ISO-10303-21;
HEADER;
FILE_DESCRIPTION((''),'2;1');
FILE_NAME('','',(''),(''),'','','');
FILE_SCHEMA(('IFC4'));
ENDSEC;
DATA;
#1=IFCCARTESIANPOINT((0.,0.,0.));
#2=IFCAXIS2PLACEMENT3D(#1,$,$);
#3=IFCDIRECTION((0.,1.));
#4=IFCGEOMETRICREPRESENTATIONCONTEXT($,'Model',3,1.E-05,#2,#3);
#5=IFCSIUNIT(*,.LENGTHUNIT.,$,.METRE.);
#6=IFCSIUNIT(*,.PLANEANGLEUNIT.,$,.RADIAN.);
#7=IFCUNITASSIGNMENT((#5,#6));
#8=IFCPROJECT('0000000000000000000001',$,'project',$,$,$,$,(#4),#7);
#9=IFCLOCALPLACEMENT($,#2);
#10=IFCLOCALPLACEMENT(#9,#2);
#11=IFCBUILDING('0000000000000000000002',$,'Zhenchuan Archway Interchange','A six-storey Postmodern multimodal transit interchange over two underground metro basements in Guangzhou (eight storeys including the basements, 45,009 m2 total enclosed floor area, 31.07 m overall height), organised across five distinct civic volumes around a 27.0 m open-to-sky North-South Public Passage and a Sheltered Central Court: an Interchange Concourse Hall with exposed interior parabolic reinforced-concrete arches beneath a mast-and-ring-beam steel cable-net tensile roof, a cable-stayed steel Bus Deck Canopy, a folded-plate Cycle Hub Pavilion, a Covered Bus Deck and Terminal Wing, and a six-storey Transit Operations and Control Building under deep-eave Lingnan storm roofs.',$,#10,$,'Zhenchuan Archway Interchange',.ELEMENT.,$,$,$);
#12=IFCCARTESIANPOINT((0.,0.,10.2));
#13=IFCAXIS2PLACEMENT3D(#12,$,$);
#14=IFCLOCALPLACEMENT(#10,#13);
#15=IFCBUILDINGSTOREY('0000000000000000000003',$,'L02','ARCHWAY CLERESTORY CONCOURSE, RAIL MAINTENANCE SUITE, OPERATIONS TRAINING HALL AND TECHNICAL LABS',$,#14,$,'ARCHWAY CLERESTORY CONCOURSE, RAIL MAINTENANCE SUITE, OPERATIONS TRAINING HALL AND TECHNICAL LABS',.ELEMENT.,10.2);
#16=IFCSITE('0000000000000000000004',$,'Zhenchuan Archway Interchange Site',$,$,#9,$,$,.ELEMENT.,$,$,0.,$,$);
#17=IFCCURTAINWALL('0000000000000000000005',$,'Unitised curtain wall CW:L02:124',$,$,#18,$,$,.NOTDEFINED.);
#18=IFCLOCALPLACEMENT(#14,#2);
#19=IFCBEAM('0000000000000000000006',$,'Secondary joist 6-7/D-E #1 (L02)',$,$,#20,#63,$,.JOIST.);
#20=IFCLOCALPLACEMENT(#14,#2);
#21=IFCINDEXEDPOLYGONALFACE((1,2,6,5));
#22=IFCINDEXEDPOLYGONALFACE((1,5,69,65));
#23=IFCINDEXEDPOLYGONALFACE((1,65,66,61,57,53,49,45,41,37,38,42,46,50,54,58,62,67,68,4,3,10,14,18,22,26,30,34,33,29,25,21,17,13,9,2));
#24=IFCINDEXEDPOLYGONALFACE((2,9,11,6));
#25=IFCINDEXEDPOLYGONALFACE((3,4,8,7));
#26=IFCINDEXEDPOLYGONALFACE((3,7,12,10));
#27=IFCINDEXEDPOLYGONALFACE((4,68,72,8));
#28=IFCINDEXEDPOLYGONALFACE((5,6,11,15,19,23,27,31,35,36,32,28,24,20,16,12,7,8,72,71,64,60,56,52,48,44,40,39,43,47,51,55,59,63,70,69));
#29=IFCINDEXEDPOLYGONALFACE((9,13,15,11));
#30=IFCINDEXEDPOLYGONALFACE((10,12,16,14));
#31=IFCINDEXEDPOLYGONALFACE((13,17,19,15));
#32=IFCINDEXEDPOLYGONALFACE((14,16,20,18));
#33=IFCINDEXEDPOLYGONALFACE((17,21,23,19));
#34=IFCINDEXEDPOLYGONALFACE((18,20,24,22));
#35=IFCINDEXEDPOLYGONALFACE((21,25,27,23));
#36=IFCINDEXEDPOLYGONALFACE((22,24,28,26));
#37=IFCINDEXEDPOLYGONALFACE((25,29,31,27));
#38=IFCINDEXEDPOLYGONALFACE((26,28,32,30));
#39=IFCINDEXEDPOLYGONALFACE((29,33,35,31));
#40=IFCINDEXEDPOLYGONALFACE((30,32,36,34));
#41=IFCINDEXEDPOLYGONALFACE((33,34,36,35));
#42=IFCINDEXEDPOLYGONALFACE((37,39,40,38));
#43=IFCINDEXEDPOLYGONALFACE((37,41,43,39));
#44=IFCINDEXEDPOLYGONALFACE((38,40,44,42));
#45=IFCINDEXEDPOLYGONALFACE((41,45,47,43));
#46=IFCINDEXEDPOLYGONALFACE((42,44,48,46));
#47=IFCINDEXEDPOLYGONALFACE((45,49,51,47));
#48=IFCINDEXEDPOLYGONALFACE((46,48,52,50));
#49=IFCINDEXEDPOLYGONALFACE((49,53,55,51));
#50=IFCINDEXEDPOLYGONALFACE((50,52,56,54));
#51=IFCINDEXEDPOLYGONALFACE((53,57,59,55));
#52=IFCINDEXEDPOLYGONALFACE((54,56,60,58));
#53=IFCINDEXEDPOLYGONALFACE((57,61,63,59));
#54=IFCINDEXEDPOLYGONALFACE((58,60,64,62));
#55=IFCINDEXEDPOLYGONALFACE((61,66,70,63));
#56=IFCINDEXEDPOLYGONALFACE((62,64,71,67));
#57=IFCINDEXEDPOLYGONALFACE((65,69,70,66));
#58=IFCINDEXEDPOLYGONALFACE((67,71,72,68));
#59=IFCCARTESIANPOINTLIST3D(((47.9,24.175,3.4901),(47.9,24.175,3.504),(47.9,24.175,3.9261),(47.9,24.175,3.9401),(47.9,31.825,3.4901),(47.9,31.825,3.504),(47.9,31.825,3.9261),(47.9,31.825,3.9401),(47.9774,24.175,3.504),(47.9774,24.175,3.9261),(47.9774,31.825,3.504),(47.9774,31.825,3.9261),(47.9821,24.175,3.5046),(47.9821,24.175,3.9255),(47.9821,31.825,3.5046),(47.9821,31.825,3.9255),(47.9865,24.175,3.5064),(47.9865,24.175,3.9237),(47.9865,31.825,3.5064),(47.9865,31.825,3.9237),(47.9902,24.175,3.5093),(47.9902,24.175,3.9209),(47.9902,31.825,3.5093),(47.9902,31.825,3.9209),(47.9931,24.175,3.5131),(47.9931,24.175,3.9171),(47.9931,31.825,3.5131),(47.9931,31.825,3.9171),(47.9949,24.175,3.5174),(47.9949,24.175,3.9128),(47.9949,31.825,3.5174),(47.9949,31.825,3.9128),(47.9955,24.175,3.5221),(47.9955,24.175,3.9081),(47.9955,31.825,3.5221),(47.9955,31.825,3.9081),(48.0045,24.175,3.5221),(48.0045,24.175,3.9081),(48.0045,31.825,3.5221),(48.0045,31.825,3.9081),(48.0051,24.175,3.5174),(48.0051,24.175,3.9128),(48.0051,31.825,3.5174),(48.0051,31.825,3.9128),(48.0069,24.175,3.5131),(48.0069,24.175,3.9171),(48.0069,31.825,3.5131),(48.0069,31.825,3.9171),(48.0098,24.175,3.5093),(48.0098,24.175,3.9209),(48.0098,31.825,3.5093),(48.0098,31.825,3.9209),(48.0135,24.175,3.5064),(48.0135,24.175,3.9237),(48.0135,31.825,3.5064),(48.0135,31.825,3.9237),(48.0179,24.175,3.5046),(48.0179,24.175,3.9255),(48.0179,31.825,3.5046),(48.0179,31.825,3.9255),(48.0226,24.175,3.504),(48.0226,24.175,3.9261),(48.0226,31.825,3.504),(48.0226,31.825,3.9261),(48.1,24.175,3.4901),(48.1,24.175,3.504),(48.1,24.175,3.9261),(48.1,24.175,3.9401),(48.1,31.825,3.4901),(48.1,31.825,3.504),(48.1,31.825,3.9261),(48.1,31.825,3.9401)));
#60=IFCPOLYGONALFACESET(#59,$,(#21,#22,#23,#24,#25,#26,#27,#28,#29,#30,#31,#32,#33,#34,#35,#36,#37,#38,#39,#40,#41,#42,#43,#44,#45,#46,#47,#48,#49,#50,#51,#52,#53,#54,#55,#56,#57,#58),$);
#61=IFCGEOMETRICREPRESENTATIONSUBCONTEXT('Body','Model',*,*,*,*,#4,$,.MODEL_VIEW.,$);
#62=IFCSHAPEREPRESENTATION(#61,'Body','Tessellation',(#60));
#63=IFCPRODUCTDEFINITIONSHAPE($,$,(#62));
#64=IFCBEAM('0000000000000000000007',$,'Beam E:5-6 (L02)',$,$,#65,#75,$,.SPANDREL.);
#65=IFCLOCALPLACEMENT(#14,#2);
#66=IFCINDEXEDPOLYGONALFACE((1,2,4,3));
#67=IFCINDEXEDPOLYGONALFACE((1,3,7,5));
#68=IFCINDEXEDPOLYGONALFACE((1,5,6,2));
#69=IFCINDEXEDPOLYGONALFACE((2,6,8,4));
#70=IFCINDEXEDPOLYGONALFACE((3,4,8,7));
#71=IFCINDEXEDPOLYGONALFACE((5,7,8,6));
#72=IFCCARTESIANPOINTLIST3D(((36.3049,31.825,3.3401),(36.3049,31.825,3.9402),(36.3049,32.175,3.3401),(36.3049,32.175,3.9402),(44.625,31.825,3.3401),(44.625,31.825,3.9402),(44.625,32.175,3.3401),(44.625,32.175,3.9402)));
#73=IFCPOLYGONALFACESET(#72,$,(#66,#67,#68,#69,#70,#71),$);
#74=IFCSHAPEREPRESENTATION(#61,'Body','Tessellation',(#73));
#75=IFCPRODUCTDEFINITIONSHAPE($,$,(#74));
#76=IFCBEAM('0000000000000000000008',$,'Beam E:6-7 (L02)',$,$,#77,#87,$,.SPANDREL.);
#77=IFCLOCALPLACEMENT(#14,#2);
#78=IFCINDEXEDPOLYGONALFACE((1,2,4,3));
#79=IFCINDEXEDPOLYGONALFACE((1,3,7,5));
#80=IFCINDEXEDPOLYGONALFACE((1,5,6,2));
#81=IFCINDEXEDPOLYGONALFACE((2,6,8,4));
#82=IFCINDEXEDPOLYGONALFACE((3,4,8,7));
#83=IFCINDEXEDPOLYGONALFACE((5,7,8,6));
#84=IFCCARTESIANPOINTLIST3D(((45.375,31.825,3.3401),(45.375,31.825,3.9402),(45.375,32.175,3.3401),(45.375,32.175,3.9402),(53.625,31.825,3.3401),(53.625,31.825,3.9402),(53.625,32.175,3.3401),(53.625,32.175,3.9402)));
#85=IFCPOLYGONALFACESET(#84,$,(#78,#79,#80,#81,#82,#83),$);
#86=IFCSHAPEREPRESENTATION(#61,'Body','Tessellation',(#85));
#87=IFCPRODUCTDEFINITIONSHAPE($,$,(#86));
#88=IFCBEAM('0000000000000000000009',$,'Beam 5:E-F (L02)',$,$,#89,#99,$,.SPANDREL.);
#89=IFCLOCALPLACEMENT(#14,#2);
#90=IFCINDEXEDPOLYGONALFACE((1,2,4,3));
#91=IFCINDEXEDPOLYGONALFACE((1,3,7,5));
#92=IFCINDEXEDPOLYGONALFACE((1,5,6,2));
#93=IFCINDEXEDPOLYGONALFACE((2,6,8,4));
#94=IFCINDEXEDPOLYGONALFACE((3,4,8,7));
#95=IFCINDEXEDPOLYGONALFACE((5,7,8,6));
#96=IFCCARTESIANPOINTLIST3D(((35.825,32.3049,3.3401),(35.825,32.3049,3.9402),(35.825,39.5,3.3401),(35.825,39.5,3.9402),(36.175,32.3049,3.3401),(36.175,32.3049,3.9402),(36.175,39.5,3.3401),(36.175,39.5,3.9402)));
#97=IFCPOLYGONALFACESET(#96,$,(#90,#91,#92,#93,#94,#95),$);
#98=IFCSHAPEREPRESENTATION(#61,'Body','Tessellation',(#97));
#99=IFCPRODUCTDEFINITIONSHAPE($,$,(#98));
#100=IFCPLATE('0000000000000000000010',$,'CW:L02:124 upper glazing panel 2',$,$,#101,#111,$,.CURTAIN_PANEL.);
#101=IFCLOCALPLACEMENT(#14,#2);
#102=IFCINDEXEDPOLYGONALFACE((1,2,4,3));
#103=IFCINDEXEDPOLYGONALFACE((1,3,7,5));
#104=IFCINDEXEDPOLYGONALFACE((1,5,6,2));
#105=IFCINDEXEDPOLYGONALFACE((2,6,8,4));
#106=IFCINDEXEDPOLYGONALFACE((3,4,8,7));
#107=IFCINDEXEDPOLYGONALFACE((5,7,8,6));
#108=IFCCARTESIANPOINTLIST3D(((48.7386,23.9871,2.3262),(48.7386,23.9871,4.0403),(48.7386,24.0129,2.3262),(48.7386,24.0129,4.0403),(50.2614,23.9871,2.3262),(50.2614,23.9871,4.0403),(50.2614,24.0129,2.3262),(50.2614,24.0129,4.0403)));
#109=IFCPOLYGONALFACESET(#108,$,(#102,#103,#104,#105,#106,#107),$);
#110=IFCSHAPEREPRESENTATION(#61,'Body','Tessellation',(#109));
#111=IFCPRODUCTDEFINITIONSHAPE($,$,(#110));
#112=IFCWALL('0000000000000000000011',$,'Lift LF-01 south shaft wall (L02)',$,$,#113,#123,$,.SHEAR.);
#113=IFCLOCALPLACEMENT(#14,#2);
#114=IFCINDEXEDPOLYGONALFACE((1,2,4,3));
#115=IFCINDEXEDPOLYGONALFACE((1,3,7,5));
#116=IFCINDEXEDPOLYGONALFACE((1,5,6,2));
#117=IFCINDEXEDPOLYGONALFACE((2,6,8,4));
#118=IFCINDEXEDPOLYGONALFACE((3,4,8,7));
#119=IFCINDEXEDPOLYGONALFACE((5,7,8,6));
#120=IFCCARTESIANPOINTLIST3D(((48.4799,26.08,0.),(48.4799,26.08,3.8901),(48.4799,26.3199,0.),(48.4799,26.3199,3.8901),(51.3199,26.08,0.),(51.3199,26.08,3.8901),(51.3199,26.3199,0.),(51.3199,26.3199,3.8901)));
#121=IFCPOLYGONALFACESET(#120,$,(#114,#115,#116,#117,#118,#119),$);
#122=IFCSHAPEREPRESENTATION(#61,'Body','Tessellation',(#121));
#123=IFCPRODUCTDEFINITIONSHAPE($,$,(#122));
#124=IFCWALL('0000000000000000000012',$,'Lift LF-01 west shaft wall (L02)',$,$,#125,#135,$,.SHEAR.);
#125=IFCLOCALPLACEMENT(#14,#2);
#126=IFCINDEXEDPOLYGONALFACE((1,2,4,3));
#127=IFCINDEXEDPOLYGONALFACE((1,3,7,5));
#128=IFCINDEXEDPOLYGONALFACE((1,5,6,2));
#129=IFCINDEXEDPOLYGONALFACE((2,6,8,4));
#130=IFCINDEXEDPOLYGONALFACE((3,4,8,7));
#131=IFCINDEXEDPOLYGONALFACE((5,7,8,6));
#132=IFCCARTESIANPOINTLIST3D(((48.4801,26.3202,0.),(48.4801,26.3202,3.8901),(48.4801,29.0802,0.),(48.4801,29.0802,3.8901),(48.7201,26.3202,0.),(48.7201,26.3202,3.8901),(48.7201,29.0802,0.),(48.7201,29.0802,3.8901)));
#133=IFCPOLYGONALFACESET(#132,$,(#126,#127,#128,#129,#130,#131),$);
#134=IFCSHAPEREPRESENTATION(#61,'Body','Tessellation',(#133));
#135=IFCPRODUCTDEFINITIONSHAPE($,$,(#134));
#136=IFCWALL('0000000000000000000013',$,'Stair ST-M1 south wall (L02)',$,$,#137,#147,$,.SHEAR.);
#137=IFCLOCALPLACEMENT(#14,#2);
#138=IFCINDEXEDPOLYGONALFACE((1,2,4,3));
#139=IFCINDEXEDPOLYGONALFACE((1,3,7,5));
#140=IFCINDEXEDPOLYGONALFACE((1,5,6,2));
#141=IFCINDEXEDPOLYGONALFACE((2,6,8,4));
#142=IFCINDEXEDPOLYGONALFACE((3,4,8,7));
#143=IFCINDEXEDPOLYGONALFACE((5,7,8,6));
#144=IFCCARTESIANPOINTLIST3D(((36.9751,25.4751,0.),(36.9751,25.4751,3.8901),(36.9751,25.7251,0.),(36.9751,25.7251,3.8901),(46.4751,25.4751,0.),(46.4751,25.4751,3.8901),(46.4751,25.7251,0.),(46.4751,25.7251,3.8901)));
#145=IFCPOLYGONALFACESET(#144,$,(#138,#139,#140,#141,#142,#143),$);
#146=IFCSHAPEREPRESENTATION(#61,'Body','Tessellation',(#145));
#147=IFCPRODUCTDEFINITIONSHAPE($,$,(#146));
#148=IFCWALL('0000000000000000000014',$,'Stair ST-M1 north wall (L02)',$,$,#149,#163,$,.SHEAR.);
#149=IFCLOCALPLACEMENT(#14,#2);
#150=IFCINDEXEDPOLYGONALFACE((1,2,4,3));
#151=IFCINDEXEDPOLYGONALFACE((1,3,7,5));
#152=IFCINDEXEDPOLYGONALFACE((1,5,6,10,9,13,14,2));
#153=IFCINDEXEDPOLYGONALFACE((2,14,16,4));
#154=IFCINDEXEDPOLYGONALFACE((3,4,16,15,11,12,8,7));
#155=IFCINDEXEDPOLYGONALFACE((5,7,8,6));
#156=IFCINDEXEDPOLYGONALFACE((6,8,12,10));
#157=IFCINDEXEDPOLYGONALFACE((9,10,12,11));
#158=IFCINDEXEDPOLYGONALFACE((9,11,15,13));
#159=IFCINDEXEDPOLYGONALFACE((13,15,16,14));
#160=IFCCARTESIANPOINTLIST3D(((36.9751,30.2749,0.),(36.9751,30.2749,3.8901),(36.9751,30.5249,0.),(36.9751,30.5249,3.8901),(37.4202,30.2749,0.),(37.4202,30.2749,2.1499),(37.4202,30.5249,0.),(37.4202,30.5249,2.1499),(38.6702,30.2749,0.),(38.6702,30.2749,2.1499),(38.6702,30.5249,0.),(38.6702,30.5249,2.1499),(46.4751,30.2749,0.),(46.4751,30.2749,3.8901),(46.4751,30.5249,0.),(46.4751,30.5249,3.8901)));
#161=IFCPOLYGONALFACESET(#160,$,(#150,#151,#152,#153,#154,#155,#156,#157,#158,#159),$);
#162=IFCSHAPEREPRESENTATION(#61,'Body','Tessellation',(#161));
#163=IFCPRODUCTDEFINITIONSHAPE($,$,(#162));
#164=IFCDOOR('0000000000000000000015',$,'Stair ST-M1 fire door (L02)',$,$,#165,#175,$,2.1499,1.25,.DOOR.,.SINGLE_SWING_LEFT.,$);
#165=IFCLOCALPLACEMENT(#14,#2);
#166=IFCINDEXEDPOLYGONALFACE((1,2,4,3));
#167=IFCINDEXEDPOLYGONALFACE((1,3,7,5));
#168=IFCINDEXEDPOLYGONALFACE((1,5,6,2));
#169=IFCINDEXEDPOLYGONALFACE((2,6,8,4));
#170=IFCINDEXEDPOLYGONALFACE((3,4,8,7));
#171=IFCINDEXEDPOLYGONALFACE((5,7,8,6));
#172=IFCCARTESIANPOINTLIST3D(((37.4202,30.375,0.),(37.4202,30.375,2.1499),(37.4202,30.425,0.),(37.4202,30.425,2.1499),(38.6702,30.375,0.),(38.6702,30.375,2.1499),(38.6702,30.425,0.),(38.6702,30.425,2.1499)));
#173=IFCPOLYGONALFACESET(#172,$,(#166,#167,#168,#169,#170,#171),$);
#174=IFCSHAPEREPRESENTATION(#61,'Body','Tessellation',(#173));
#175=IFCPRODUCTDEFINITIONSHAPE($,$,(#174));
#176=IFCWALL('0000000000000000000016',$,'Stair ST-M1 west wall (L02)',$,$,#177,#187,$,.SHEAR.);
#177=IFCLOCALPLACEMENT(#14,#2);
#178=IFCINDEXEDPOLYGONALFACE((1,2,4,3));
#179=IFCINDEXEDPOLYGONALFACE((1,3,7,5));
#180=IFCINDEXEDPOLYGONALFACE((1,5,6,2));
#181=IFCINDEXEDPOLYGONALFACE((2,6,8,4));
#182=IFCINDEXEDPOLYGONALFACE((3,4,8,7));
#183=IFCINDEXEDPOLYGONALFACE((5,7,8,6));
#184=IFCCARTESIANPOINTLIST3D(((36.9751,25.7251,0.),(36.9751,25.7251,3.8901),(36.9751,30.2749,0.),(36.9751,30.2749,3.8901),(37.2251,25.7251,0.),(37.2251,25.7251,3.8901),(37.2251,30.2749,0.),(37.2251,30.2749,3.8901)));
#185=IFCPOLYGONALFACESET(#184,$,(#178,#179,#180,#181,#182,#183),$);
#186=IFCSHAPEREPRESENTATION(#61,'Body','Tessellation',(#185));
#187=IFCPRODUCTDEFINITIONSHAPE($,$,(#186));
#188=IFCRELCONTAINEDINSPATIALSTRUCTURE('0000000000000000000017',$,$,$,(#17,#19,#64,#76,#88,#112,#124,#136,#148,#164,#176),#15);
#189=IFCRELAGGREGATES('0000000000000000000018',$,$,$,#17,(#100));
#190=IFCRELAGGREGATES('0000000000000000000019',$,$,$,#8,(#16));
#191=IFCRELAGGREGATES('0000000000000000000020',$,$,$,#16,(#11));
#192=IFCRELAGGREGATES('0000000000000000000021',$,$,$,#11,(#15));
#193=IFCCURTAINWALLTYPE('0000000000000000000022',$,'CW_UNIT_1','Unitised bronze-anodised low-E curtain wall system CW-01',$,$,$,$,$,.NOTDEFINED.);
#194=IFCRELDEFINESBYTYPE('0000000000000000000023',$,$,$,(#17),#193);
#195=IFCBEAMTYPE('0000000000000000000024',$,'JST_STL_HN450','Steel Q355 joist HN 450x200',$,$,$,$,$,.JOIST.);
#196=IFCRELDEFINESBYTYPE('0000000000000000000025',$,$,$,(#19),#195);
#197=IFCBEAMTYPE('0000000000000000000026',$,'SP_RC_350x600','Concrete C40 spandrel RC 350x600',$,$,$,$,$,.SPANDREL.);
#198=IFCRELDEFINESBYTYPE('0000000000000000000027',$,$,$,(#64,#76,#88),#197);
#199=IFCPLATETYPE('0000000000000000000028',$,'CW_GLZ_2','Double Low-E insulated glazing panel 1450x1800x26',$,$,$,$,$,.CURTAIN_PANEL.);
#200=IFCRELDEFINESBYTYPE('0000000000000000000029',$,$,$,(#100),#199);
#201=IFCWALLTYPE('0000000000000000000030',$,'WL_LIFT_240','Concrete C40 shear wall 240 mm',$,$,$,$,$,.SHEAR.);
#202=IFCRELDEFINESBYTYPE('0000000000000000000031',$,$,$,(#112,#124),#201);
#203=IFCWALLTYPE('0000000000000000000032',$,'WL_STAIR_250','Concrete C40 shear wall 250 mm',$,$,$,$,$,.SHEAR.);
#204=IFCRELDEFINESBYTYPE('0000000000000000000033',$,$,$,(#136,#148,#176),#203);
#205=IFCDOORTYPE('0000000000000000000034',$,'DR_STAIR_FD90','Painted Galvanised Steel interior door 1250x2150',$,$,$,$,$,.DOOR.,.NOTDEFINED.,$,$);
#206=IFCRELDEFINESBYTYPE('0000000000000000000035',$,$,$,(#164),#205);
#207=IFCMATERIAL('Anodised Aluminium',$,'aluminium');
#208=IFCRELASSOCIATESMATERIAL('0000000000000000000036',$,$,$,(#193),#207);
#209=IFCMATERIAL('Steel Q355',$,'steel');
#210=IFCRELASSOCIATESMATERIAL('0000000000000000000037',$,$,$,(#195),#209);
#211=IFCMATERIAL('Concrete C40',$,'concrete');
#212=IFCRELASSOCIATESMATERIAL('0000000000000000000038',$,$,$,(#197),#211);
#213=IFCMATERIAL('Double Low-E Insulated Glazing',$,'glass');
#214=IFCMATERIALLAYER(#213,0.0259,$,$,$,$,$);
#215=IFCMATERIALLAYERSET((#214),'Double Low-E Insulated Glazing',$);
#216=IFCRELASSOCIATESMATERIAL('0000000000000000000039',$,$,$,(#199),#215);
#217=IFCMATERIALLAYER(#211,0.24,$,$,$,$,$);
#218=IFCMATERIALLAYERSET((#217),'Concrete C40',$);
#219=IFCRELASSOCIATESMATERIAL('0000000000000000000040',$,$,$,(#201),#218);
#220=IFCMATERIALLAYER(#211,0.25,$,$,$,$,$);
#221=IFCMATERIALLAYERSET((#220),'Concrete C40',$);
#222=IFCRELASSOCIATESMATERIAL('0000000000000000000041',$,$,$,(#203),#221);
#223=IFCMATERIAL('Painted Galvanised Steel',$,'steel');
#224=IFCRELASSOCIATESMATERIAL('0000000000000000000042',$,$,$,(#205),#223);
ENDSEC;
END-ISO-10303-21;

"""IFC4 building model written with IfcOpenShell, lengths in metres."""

from ifc_helpers import new_model, si_unit, direction, frame, frame_2d, origin, origin_2d, place, context, subcontext, project, spatial, rectangle, i_section, extrude, material, layer, layer_set, material_profile, profile_set, type_object, element, fill, aggregate, save


model = new_model("IFC4")

# Units and contexts
model_context = context("Model", 3, precision=1e-05, world=origin(), true_north=direction((0.0, 1.0)))
body_context = subcontext(model_context, "Body", "Model", "MODEL_VIEW")
ifc_project = project(units=[si_unit("LENGTHUNIT", "METRE"), si_unit("PLANEANGLEUNIT", "RADIAN")], contexts=[model_context])

# Site, building, storey
site_placement = place(None, origin())
site = spatial("IfcSite", under=ifc_project, at=site_placement, Name="Zhenchuan Archway Interchange Site", CompositionType="ELEMENT", RefElevation=0.0)
building_placement = place(site_placement, origin())
building = spatial("IfcBuilding", under=site, at=building_placement, Name="Zhenchuan Archway Interchange", Description="A six-storey Postmodern multimodal transit interchange over two underground metro basements in Guangzhou (eight storeys including the basements, 45,009 m2 total enclosed floor area, 31.07 m overall height), organised across five distinct civic volumes around a 27.0 m open-to-sky North-South Public Passage and a Sheltered Central Court: an Interchange Concourse Hall with exposed interior parabolic reinforced-concrete arches beneath a mast-and-ring-beam steel cable-net tensile roof, a cable-stayed steel Bus Deck Canopy, a folded-plate Cycle Hub Pavilion, a Covered Bus Deck and Terminal Wing, and a six-storey Transit Operations and Control Building under deep-eave Lingnan storm roofs.", LongName="Zhenchuan Archway Interchange", CompositionType="ELEMENT")
storey_placement = place(building_placement, frame((0.0, 0.0, 10.2)))
storey = spatial("IfcBuildingStorey", under=building, at=storey_placement, Name="L02", Description="ARCHWAY CLERESTORY CONCOURSE, RAIL MAINTENANCE SUITE, OPERATIONS TRAINING HALL AND TECHNICAL LABS", LongName="ARCHWAY CLERESTORY CONCOURSE, RAIL MAINTENANCE SUITE, OPERATIONS TRAINING HALL AND TECHNICAL LABS", CompositionType="ELEMENT", Elevation=10.2)

# Shared definitions
ifc_material_1 = material(Name="Concrete C40", Category="concrete")

# Curtain wall
ifc_material_2 = material(Name="Anodised Aluminium", Category="aluminium")
curtain_wall_type = type_object("IfcCurtainWallType", Name="CW_UNIT_1", Description="Unitised bronze-anodised low-E curtain wall system CW-01", PredefinedType="NOTDEFINED", material=ifc_material_2)
curtain_wall_placement = place(storey_placement, origin())
curtain_wall = element("IfcCurtainWall", 1, at=curtain_wall_placement, inside=storey, type_object=curtain_wall_type, Name="Unitised curtain wall CW:L02:124", PredefinedType="NOTDEFINED")

# Beams
ifc_material_3 = material(Name="Steel Q355", Category="steel")
ifc_material_profile_1 = material_profile(ifc_material_3, i_section(OverallWidth=0.2, OverallDepth=0.45, WebThickness=0.009, FlangeThickness=0.0139, FilletRadius=0.0181, at=origin_2d()), Name="HN 450x200")
ifc_profile_set_1 = profile_set([ifc_material_profile_1], Name="Steel Q355")
beam_type_1 = type_object("IfcBeamType", Name="JST_STL_HN450", Description="Steel Q355 joist HN 450x200", PredefinedType="JOIST", material=ifc_profile_set_1)
beam_1_placement = place(storey_placement, frame((48.0, 24.175, 3.7151), z_axis=(0.0, 1.0, 0.0), x_axis=(-1.0, 0.0, 0.0)))
element("IfcBeam", 2, at=beam_1_placement, inside=storey, type_object=beam_type_1, Name="Secondary joist 6-7/D-E #1 (L02)", PredefinedType="JOIST", context=body_context, shape_type="SweptSolid", body=[
    extrude(i_section(OverallWidth=0.2, OverallDepth=0.45, WebThickness=0.009, FlangeThickness=0.0139, FilletRadius=0.0181, at=origin_2d()), origin(), (0.0, 0.0, 1.0), 7.6499),
])
ifc_material_profile_2 = material_profile(ifc_material_1, rectangle(XDim=0.3501, YDim=0.6001, at=origin_2d()), Name="RC 350x600")
ifc_profile_set_2 = profile_set([ifc_material_profile_2], Name="Concrete C40")
beam_type_2 = type_object("IfcBeamType", Name="SP_RC_350x600", Description="Concrete C40 spandrel RC 350x600", PredefinedType="SPANDREL", material=ifc_profile_set_2)
beam_2_placement = place(storey_placement, frame((36.3049, 32.0, 3.6401), z_axis=(1.0, 0.0, 0.0), x_axis=(0.0, 1.0, 0.0)))
element("IfcBeam", 3, at=beam_2_placement, inside=storey, type_object=beam_type_2, Name="Beam E:5-6 (L02)", PredefinedType="SPANDREL", context=body_context, shape_type="SweptSolid", body=[
    extrude(rectangle(XDim=0.3501, YDim=0.6001, at=origin_2d()), origin(), (0.0, 0.0, 1.0), 8.3201),
])
beam_3_placement = place(storey_placement, frame((45.375, 32.0, 3.6401), z_axis=(1.0, 0.0, 0.0), x_axis=(0.0, 1.0, 0.0)))
element("IfcBeam", 4, at=beam_3_placement, inside=storey, type_object=beam_type_2, Name="Beam E:6-7 (L02)", PredefinedType="SPANDREL", context=body_context, shape_type="SweptSolid", body=[
    extrude(rectangle(XDim=0.3501, YDim=0.6001, at=origin_2d()), origin(), (0.0, 0.0, 1.0), 8.25),
])
beam_4_placement = place(storey_placement, frame((36.0, 32.3049, 3.6401), z_axis=(0.0, 1.0, 0.0), x_axis=(-1.0, 0.0, 0.0)))
element("IfcBeam", 5, at=beam_4_placement, inside=storey, type_object=beam_type_2, Name="Beam 5:E-F (L02)", PredefinedType="SPANDREL", context=body_context, shape_type="SweptSolid", body=[
    extrude(rectangle(XDim=0.3501, YDim=0.6001, at=origin_2d()), origin(), (0.0, 0.0, 1.0), 7.1951),
])

# Plate
ifc_material_4 = material(Name="Double Low-E Insulated Glazing", Category="glass")
ifc_layer_1 = layer(ifc_material_4, 0.0259)
ifc_layer_set_1 = layer_set([ifc_layer_1], Name="Double Low-E Insulated Glazing")
plate_type = type_object("IfcPlateType", Name="CW_GLZ_2", Description="Double Low-E insulated glazing panel 1450x1800x26", PredefinedType="CURTAIN_PANEL", material=ifc_layer_set_1)
plate_placement = place(storey_placement, frame((49.5, 24.0, 2.3262), z_axis=(0.0, 0.0, 1.0), x_axis=(-1.0, 0.0, 0.0)))
plate = element("IfcPlate", 6, at=plate_placement, type_object=plate_type, Name="CW:L02:124 upper glazing panel 2", PredefinedType="CURTAIN_PANEL", context=body_context, shape_type="SweptSolid", body=[
    extrude(rectangle(XDim=1.5227, YDim=0.0259, at=origin_2d()), origin(), (0.0, 0.0, 1.0), 1.7141),
])
aggregate(curtain_wall, [plate])

# Walls
ifc_layer_2 = layer(ifc_material_1, 0.24)
ifc_layer_set_2 = layer_set([ifc_layer_2], Name="Concrete C40")
wall_type_1 = type_object("IfcWallType", Name="WL_LIFT_240", Description="Concrete C40 shear wall 240 mm", PredefinedType="SHEAR", material=ifc_layer_set_2)
wall_1_placement = place(storey_placement, frame((48.48, 26.2, 0.0), z_axis=(0.0, 0.0, 1.0), x_axis=(1.0, 0.0, 0.0)))
element("IfcWall", 7, at=wall_1_placement, inside=storey, type_object=wall_type_1, Name="Lift LF-01 south shaft wall (L02)", PredefinedType="SHEAR", context=body_context, shape_type="SweptSolid", body=[
    extrude(rectangle(XDim=2.8401, YDim=0.24, at=frame_2d((1.4199, 0.0))), origin(), (0.0, 0.0, 1.0), 3.8901),
])
wall_2_placement = place(storey_placement, frame((48.6001, 29.0801, 0.0), z_axis=(0.0, 0.0, 1.0), x_axis=(0.0, -1.0, 0.0)))
element("IfcWall", 8, at=wall_2_placement, inside=storey, type_object=wall_type_1, Name="Lift LF-01 west shaft wall (L02)", PredefinedType="SHEAR", context=body_context, shape_type="SweptSolid", body=[
    extrude(rectangle(XDim=2.76, YDim=0.24, at=frame_2d((1.3799, 0.0))), origin(), (0.0, 0.0, 1.0), 3.8901),
])
ifc_layer_3 = layer(ifc_material_1, 0.25)
ifc_layer_set_3 = layer_set([ifc_layer_3], Name="Concrete C40")
wall_type_2 = type_object("IfcWallType", Name="WL_STAIR_250", Description="Concrete C40 shear wall 250 mm", PredefinedType="SHEAR", material=ifc_layer_set_3)
wall_3_placement = place(storey_placement, frame((36.9751, 25.6001, 0.0), z_axis=(0.0, 0.0, 1.0), x_axis=(1.0, 0.0, 0.0)))
element("IfcWall", 9, at=wall_3_placement, inside=storey, type_object=wall_type_2, Name="Stair ST-M1 south wall (L02)", PredefinedType="SHEAR", context=body_context, shape_type="SweptSolid", body=[
    extrude(rectangle(XDim=9.5, YDim=0.25, at=frame_2d((4.75, 0.0))), origin(), (0.0, 0.0, 1.0), 3.8901),
])

# Wall, opening, door
wall_4_placement = place(storey_placement, frame((46.4751, 30.3999, 0.0), z_axis=(0.0, 0.0, 1.0), x_axis=(-1.0, 0.0, 0.0)))
wall_4 = element("IfcWall", 10, at=wall_4_placement, inside=storey, type_object=wall_type_2, Name="Stair ST-M1 north wall (L02)", PredefinedType="SHEAR", context=body_context, shape_type="SweptSolid", body=[
    extrude(rectangle(XDim=9.5, YDim=0.25, at=frame_2d((4.75, 0.0))), origin(), (0.0, 0.0, 1.0), 3.8901),
])
opening_placement = place(wall_4_placement, frame((7.8049, 0.0, 0.0)))
opening = element("IfcOpeningElement", 11, at=opening_placement, cuts=wall_4, PredefinedType="OPENING", context=body_context, shape_type="SweptSolid", body=[
    extrude(rectangle(XDim=1.25, YDim=2.1499, at=frame_2d((0.625, 1.075))), frame((0.0, 0.137, 0.0), z_axis=(0.0, -1.0, 0.0), x_axis=(1.0, 0.0, 0.0)), (0.0, 0.0, 1.0), 0.2739),
])
ifc_material_5 = material(Name="Painted Galvanised Steel", Category="steel")
door_type = type_object("IfcDoorType", Name="DR_STAIR_FD90", Description="Painted Galvanised Steel interior door 1250x2150", OperationType="NOTDEFINED", PredefinedType="DOOR", material=ifc_material_5)
door_placement = place(opening_placement, origin())
door = element("IfcDoor", 12, at=door_placement, inside=storey, type_object=door_type, Name="Stair ST-M1 fire door (L02)", OperationType="SINGLE_SWING_LEFT", OverallHeight=2.1499, OverallWidth=1.25, PredefinedType="DOOR", context=body_context, shape_type="SweptSolid", body=[
    extrude(rectangle(XDim=1.25, YDim=2.1499, at=frame_2d((0.625, 1.075))), frame((0.0, 0.0249, 0.0), z_axis=(0.0, -1.0, 0.0), x_axis=(1.0, 0.0, 0.0)), (0.0, 0.0, 1.0), 0.05),
])
fill(opening, door)

# Wall
for number, where, z_axis, x_axis, name in (
    (13, (37.1001, 30.2749, 0.0), (0.0, 0.0, 1.0), (0.0, -1.0, 0.0), "Stair ST-M1 west wall (L02)"),
):
    element("IfcWall", number, at=place(storey_placement, frame(where, z_axis=z_axis, x_axis=x_axis)), inside=storey, type_object=wall_type_2, Name=name, PredefinedType="SHEAR", context=body_context, shape_type="SweptSolid", body=[
        extrude(rectangle(XDim=4.5498, YDim=0.25, at=frame_2d((2.2749, 0.0))), origin(), (0.0, 0.0, 1.0), 3.8901),
    ])

save(model, "model.ifc")
